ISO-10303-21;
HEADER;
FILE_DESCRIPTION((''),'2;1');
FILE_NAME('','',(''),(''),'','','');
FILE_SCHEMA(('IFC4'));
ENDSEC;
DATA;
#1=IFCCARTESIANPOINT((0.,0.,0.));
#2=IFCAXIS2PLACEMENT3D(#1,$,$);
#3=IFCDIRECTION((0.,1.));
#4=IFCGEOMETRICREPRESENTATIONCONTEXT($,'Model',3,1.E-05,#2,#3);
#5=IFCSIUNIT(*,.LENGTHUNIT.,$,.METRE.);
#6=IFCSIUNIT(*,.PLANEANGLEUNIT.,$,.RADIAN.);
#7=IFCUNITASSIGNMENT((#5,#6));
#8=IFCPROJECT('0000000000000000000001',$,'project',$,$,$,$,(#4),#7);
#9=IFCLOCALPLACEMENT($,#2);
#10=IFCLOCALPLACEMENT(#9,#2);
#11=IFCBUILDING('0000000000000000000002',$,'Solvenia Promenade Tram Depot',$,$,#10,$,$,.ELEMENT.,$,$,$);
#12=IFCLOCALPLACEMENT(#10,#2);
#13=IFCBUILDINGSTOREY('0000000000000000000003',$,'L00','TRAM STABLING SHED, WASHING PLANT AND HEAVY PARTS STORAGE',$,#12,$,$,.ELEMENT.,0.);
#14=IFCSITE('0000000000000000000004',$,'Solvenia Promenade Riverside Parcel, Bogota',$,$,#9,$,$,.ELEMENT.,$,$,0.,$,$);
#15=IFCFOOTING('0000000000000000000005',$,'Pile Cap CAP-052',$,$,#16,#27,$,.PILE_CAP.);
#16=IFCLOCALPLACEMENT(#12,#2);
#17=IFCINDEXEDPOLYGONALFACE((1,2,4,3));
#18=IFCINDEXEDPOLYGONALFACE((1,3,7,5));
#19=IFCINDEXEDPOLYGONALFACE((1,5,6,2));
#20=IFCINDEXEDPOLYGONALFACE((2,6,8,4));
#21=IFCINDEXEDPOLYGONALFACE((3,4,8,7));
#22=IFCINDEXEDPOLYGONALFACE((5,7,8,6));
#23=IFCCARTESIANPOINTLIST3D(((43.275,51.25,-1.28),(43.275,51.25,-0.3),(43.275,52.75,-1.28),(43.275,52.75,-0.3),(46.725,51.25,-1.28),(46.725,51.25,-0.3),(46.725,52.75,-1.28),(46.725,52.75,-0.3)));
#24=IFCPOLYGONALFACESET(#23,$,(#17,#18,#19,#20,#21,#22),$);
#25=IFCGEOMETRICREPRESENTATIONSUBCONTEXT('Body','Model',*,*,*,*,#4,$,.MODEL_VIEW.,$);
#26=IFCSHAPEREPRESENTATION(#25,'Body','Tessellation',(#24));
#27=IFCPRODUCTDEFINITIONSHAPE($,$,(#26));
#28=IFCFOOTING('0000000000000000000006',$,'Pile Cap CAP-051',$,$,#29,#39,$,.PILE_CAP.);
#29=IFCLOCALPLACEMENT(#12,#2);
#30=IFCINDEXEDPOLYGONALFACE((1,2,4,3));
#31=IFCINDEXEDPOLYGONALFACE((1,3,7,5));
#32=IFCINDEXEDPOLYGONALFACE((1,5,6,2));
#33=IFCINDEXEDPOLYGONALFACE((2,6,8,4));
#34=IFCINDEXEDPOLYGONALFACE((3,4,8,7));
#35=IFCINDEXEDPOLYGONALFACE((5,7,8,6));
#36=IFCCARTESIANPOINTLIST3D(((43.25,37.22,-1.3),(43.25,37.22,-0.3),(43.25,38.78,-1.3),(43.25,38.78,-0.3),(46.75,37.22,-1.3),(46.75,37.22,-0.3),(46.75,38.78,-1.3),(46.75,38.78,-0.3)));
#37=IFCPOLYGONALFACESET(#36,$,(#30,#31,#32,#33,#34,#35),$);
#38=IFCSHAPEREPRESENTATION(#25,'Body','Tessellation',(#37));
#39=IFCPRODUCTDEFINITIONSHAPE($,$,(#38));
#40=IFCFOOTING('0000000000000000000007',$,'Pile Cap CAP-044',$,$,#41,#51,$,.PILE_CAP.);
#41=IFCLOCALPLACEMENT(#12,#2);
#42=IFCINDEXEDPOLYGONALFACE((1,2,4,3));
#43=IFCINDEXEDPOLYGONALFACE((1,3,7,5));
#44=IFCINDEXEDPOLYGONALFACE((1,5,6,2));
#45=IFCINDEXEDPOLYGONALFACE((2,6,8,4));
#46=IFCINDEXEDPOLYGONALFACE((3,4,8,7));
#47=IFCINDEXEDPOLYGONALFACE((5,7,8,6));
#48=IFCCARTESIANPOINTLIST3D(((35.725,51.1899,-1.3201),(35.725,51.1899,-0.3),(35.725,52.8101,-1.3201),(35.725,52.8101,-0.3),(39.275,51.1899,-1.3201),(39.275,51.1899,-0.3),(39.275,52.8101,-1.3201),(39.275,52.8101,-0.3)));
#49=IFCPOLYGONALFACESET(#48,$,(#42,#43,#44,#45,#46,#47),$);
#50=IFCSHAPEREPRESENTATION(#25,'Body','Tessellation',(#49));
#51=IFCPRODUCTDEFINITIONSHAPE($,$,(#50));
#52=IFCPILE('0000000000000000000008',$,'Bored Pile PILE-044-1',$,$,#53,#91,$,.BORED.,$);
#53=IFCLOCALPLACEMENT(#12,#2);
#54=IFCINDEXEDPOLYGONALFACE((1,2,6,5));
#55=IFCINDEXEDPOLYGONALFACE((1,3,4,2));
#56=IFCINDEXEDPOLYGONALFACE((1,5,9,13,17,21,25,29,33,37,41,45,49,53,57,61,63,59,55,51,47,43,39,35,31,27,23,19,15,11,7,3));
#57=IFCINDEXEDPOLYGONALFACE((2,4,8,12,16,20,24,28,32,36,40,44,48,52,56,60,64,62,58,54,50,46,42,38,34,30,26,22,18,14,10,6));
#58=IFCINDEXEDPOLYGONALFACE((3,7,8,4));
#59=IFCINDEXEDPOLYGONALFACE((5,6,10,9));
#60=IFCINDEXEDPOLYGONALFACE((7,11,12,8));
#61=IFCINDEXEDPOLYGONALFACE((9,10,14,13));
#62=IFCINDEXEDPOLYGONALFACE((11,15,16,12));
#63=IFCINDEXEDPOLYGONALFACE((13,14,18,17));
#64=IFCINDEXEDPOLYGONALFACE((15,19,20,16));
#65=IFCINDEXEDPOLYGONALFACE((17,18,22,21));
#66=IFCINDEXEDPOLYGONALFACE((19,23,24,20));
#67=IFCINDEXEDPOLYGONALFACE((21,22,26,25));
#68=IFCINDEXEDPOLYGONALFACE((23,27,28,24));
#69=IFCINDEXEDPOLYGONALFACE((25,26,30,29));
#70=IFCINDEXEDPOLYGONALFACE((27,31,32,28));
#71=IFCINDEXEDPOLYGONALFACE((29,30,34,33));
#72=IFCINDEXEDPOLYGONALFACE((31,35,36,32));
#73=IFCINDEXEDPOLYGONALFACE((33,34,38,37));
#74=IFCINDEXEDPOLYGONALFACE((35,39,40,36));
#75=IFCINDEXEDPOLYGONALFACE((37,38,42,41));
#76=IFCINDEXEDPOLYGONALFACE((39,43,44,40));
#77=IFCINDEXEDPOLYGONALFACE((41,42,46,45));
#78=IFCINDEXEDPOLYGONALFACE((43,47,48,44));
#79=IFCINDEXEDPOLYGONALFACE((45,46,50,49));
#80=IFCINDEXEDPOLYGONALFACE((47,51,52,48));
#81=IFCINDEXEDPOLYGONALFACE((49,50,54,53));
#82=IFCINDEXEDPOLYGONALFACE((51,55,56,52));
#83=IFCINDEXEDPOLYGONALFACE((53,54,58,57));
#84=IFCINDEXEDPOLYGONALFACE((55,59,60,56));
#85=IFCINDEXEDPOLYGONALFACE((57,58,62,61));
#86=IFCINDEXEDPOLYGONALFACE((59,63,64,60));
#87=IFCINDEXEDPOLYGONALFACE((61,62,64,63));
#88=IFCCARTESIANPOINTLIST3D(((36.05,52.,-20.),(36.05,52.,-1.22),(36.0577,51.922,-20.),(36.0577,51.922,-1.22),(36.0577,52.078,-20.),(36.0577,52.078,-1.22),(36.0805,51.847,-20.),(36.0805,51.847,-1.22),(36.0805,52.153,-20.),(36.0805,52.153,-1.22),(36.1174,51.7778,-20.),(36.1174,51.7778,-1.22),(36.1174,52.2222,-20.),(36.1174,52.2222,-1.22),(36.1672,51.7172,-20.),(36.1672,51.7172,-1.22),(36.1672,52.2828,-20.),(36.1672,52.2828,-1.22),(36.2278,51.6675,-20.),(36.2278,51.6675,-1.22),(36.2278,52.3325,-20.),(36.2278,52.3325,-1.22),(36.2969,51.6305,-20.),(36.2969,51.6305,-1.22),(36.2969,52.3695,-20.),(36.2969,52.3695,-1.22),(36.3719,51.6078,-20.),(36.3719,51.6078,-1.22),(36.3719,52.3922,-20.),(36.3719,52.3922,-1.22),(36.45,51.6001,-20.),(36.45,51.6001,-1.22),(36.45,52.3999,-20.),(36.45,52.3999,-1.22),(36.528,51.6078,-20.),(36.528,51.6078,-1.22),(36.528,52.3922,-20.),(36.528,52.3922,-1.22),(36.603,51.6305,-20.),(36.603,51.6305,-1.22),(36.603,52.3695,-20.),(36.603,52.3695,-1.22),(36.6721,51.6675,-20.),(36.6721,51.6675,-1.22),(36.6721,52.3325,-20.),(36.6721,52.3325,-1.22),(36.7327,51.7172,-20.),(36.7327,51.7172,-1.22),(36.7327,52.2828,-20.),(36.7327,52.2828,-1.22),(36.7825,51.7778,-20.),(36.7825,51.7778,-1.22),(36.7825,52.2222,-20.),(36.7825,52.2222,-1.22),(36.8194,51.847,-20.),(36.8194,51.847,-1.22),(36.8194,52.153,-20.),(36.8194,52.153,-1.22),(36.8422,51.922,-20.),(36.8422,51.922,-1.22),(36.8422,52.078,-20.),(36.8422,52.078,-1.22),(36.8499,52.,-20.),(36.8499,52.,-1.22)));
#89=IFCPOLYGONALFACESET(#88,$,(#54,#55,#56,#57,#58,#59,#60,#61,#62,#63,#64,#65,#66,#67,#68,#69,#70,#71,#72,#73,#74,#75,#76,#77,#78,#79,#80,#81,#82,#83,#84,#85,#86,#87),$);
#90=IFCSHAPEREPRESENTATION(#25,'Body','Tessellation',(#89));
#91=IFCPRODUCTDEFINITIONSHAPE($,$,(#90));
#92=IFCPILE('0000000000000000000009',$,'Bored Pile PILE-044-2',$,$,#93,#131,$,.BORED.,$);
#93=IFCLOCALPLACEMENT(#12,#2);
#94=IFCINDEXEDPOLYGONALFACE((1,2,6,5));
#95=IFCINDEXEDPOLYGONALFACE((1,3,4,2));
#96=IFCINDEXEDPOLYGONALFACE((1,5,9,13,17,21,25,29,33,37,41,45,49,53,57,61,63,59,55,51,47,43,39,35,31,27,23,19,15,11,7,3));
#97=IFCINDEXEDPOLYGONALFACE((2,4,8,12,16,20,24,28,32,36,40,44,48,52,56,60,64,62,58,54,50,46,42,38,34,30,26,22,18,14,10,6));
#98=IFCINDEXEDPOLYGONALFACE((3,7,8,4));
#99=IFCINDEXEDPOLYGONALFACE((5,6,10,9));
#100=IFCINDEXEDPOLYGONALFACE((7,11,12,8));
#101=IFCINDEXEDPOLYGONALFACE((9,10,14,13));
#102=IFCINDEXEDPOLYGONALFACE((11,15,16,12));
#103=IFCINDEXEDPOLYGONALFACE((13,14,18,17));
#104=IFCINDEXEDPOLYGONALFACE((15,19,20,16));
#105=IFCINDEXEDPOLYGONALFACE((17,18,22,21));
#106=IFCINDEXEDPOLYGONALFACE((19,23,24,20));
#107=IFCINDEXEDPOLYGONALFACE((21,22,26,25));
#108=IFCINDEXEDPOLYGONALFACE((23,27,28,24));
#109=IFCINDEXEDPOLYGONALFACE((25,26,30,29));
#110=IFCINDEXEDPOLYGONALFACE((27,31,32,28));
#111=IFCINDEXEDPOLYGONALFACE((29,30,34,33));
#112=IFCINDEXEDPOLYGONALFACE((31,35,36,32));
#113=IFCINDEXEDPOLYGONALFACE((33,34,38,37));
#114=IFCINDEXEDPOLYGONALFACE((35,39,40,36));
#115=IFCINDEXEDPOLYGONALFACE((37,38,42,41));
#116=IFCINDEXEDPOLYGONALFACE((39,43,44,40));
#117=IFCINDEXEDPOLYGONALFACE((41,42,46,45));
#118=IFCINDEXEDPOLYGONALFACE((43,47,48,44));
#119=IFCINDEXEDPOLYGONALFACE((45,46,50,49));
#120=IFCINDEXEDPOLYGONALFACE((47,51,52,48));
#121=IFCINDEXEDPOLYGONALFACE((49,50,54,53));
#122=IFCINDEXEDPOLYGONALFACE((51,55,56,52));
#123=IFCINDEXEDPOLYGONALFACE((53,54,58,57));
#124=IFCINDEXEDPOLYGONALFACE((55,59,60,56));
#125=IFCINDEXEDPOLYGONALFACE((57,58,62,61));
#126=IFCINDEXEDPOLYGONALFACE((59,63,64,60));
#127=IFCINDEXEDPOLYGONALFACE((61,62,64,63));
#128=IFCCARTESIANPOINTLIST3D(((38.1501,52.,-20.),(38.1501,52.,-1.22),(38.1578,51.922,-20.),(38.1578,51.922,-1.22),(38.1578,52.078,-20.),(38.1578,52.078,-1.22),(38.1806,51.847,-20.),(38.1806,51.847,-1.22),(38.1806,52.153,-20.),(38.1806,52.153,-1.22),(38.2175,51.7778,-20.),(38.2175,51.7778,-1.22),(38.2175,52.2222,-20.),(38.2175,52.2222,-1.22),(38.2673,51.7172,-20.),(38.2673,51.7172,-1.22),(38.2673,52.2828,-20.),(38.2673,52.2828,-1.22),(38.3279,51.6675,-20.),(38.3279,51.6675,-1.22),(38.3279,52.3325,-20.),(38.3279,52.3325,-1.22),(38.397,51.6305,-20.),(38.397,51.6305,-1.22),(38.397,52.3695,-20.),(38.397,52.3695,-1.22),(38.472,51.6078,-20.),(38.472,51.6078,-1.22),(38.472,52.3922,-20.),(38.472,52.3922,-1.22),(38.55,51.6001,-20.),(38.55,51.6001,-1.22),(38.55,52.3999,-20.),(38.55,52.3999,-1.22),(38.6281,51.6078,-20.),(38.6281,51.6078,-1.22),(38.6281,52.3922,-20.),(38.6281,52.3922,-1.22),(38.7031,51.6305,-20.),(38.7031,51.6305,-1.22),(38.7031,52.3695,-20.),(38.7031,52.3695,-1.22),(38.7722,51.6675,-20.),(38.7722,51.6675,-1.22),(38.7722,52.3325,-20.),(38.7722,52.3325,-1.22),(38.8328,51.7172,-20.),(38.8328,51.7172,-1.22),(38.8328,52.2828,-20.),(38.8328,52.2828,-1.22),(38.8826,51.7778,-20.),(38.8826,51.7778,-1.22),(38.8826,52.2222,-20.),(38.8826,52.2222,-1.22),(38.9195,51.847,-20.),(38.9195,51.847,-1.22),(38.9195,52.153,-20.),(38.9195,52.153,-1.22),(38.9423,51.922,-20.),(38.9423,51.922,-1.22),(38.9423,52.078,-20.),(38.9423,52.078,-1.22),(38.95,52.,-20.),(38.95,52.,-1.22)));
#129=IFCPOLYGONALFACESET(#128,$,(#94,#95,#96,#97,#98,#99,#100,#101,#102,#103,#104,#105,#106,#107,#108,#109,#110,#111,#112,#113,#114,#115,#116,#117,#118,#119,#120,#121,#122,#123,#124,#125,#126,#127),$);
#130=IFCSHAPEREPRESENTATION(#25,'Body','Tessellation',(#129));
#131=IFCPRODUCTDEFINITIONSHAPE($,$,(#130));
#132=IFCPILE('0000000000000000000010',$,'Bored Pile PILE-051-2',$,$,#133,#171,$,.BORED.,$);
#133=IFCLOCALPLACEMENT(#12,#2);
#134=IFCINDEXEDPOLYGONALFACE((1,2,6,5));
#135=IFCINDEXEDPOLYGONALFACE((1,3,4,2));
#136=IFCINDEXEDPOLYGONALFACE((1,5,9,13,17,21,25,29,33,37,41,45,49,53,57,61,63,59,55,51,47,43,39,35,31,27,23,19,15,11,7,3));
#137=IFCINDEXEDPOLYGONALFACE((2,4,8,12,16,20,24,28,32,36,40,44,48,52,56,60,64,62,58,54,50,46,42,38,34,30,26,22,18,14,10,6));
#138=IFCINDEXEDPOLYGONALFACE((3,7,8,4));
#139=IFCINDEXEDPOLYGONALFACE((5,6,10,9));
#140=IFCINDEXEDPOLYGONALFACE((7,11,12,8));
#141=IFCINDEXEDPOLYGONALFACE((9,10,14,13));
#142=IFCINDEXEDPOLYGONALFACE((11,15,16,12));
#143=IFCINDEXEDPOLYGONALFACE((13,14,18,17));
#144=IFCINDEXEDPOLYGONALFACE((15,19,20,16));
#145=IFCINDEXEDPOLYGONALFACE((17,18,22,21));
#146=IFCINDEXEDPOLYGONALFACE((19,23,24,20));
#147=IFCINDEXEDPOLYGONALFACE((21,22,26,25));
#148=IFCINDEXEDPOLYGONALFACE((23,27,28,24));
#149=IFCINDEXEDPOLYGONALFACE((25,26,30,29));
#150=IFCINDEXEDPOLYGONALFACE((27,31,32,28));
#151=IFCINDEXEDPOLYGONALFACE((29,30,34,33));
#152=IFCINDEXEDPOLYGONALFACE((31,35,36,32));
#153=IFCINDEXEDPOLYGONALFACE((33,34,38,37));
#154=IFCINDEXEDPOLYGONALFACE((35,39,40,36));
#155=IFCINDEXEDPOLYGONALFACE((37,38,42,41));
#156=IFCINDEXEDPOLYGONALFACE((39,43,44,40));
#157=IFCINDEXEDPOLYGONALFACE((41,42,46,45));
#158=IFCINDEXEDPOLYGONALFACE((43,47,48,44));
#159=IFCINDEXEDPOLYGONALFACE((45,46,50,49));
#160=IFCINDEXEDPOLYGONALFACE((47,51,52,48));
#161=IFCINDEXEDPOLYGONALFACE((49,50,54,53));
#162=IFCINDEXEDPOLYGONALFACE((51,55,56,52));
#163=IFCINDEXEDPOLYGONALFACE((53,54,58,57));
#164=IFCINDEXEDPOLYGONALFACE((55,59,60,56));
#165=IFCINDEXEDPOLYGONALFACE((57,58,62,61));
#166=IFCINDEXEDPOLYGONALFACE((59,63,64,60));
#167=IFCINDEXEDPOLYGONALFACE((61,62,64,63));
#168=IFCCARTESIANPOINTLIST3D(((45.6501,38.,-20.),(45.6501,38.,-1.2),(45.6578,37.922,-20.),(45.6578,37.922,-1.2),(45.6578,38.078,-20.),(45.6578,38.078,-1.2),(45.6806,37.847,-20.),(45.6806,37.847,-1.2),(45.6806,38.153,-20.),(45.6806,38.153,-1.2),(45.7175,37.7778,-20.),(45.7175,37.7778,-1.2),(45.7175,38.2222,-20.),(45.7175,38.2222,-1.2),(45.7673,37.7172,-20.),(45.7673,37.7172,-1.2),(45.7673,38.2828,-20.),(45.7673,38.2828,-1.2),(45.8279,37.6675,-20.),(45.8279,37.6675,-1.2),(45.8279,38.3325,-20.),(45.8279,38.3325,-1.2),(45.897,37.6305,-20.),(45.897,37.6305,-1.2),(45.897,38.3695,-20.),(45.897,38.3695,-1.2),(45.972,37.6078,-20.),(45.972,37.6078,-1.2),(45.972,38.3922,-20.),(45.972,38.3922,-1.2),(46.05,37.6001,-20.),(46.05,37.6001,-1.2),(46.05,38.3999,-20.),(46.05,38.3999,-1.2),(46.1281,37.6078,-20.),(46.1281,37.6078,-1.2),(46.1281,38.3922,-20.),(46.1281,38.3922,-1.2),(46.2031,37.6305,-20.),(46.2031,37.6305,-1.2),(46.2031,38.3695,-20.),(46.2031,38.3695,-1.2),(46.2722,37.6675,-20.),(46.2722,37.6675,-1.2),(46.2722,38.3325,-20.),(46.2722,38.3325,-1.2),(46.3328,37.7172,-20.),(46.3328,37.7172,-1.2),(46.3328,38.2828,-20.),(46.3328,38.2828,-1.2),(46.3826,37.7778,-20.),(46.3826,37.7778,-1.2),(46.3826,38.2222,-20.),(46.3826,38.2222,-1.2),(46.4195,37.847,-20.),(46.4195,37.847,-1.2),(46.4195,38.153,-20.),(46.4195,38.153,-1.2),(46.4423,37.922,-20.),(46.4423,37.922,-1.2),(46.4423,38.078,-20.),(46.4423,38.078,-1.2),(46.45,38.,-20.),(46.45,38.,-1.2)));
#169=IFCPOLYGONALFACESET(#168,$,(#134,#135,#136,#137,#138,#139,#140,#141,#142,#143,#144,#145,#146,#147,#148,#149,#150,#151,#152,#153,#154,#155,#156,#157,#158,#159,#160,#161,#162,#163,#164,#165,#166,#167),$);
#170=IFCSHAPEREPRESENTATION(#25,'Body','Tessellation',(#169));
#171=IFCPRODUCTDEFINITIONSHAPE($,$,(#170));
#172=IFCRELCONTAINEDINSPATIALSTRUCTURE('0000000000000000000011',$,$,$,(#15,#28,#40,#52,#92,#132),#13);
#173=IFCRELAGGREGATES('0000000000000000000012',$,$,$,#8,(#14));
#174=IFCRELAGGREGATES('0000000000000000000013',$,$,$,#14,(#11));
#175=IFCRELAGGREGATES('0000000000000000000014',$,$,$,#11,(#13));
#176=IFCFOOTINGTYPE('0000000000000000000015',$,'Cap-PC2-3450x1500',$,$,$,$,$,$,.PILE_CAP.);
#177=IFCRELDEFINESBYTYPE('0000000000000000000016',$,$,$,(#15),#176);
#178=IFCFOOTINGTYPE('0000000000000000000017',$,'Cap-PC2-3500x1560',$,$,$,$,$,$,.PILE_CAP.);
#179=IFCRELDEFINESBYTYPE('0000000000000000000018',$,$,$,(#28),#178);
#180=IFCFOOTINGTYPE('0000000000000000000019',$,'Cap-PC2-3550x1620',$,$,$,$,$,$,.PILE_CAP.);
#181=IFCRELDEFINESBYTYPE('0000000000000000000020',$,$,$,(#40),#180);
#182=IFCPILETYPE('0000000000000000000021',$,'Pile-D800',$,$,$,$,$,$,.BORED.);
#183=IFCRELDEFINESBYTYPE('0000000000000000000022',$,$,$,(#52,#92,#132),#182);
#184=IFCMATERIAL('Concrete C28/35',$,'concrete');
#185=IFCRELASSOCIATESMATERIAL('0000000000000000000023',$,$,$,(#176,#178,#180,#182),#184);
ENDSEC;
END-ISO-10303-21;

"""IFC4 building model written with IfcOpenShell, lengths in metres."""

from ifc_helpers import new_model, si_unit, direction, frame, origin, origin_2d, place, context, subcontext, project, spatial, rectangle, circle, extrude, material, material_profile, profile_set, type_object, element, save


model = new_model("IFC4")

# Units and contexts
model_context = context("Model", 3, precision=1e-05, world=origin(), true_north=direction((0.0, 1.0)))
body_context = subcontext(model_context, "Body", "Model", "MODEL_VIEW")
ifc_project = project(units=[si_unit("LENGTHUNIT", "METRE"), si_unit("PLANEANGLEUNIT", "RADIAN")], contexts=[model_context])

# Site, building, storey
site_placement = place(None, origin())
site = spatial("IfcSite", under=ifc_project, at=site_placement, Name="Solvenia Promenade Riverside Parcel, Bogota", CompositionType="ELEMENT", RefElevation=0.0)
building_placement = place(site_placement, origin())
building = spatial("IfcBuilding", under=site, at=building_placement, Name="Solvenia Promenade Tram Depot", CompositionType="ELEMENT")
storey_placement = place(building_placement, origin())
storey = spatial("IfcBuildingStorey", under=building, at=storey_placement, Name="L00", Description="TRAM STABLING SHED, WASHING PLANT AND HEAVY PARTS STORAGE", CompositionType="ELEMENT", Elevation=0.0)

# Footings
ifc_material_1 = material(Name="Concrete C28/35", Category="concrete")
footing_type_1 = type_object("IfcFootingType", Name="Cap-PC2-3450x1500", PredefinedType="PILE_CAP", material=ifc_material_1)
footing_1_placement = place(storey_placement, frame((45.0, 52.0, -1.28), z_axis=(0.0, 0.0, 1.0), x_axis=(1.0, 0.0, 0.0)))
element("IfcFooting", 1, at=footing_1_placement, inside=storey, type_object=footing_type_1, Name="Pile Cap CAP-052", PredefinedType="PILE_CAP", context=body_context, shape_type="SweptSolid", body=[
    extrude(rectangle(XDim=3.45, YDim=1.5, at=origin_2d()), origin(), (0.0, 0.0, 1.0), 0.98),
])
footing_type_2 = type_object("IfcFootingType", Name="Cap-PC2-3500x1560", PredefinedType="PILE_CAP", material=ifc_material_1)
footing_2_placement = place(storey_placement, frame((45.0, 38.0, -1.3), z_axis=(0.0, 0.0, 1.0), x_axis=(1.0, 0.0, 0.0)))
element("IfcFooting", 2, at=footing_2_placement, inside=storey, type_object=footing_type_2, Name="Pile Cap CAP-051", PredefinedType="PILE_CAP", context=body_context, shape_type="SweptSolid", body=[
    extrude(rectangle(XDim=3.5, YDim=1.5601, at=origin_2d()), origin(), (0.0, 0.0, 1.0), 1.0),
])
footing_type_3 = type_object("IfcFootingType", Name="Cap-PC2-3550x1620", PredefinedType="PILE_CAP", material=ifc_material_1)
footing_3_placement = place(storey_placement, frame((37.5, 52.0, -1.3201), z_axis=(0.0, 0.0, 1.0), x_axis=(1.0, 0.0, 0.0)))
element("IfcFooting", 3, at=footing_3_placement, inside=storey, type_object=footing_type_3, Name="Pile Cap CAP-044", PredefinedType="PILE_CAP", context=body_context, shape_type="SweptSolid", body=[
    extrude(rectangle(XDim=3.55, YDim=1.6201, at=origin_2d()), origin(), (0.0, 0.0, 1.0), 1.02),
])

# Piles
ifc_material_profile_1 = material_profile(ifc_material_1, circle(Radius=0.3999, at=origin_2d()), Name="D800", Category="concrete")
ifc_profile_set_1 = profile_set([ifc_material_profile_1], Name="Concrete C28/35")
pile_type = type_object("IfcPileType", Name="Pile-D800", PredefinedType="BORED", material=ifc_profile_set_1)
for number, where, z_axis, x_axis, name in (
    (4, (36.45, 52.0, -1.22), (0.0, 0.0, -1.0), (1.0, 0.0, 0.0), "Bored Pile PILE-044-1"),
    (5, (38.55, 52.0, -1.22), (0.0, 0.0, -1.0), (1.0, 0.0, 0.0), "Bored Pile PILE-044-2"),
):
    element("IfcPile", number, at=place(storey_placement, frame(where, z_axis=z_axis, x_axis=x_axis)), inside=storey, type_object=pile_type, Name=name, PredefinedType="BORED", context=body_context, shape_type="SweptSolid", body=[
        extrude(circle(Radius=0.3999, at=origin_2d()), origin(), (0.0, 0.0, 1.0), 18.78),
    ])
pile_placement = place(storey_placement, frame((46.05, 38.0, -1.2), z_axis=(0.0, 0.0, -1.0), x_axis=(1.0, 0.0, 0.0)))
element("IfcPile", 6, at=pile_placement, inside=storey, type_object=pile_type, Name="Bored Pile PILE-051-2", PredefinedType="BORED", context=body_context, shape_type="SweptSolid", body=[
    extrude(circle(Radius=0.3999, at=origin_2d()), origin(), (0.0, 0.0, 1.0), 18.8),
])

save(model, "model.ifc")
